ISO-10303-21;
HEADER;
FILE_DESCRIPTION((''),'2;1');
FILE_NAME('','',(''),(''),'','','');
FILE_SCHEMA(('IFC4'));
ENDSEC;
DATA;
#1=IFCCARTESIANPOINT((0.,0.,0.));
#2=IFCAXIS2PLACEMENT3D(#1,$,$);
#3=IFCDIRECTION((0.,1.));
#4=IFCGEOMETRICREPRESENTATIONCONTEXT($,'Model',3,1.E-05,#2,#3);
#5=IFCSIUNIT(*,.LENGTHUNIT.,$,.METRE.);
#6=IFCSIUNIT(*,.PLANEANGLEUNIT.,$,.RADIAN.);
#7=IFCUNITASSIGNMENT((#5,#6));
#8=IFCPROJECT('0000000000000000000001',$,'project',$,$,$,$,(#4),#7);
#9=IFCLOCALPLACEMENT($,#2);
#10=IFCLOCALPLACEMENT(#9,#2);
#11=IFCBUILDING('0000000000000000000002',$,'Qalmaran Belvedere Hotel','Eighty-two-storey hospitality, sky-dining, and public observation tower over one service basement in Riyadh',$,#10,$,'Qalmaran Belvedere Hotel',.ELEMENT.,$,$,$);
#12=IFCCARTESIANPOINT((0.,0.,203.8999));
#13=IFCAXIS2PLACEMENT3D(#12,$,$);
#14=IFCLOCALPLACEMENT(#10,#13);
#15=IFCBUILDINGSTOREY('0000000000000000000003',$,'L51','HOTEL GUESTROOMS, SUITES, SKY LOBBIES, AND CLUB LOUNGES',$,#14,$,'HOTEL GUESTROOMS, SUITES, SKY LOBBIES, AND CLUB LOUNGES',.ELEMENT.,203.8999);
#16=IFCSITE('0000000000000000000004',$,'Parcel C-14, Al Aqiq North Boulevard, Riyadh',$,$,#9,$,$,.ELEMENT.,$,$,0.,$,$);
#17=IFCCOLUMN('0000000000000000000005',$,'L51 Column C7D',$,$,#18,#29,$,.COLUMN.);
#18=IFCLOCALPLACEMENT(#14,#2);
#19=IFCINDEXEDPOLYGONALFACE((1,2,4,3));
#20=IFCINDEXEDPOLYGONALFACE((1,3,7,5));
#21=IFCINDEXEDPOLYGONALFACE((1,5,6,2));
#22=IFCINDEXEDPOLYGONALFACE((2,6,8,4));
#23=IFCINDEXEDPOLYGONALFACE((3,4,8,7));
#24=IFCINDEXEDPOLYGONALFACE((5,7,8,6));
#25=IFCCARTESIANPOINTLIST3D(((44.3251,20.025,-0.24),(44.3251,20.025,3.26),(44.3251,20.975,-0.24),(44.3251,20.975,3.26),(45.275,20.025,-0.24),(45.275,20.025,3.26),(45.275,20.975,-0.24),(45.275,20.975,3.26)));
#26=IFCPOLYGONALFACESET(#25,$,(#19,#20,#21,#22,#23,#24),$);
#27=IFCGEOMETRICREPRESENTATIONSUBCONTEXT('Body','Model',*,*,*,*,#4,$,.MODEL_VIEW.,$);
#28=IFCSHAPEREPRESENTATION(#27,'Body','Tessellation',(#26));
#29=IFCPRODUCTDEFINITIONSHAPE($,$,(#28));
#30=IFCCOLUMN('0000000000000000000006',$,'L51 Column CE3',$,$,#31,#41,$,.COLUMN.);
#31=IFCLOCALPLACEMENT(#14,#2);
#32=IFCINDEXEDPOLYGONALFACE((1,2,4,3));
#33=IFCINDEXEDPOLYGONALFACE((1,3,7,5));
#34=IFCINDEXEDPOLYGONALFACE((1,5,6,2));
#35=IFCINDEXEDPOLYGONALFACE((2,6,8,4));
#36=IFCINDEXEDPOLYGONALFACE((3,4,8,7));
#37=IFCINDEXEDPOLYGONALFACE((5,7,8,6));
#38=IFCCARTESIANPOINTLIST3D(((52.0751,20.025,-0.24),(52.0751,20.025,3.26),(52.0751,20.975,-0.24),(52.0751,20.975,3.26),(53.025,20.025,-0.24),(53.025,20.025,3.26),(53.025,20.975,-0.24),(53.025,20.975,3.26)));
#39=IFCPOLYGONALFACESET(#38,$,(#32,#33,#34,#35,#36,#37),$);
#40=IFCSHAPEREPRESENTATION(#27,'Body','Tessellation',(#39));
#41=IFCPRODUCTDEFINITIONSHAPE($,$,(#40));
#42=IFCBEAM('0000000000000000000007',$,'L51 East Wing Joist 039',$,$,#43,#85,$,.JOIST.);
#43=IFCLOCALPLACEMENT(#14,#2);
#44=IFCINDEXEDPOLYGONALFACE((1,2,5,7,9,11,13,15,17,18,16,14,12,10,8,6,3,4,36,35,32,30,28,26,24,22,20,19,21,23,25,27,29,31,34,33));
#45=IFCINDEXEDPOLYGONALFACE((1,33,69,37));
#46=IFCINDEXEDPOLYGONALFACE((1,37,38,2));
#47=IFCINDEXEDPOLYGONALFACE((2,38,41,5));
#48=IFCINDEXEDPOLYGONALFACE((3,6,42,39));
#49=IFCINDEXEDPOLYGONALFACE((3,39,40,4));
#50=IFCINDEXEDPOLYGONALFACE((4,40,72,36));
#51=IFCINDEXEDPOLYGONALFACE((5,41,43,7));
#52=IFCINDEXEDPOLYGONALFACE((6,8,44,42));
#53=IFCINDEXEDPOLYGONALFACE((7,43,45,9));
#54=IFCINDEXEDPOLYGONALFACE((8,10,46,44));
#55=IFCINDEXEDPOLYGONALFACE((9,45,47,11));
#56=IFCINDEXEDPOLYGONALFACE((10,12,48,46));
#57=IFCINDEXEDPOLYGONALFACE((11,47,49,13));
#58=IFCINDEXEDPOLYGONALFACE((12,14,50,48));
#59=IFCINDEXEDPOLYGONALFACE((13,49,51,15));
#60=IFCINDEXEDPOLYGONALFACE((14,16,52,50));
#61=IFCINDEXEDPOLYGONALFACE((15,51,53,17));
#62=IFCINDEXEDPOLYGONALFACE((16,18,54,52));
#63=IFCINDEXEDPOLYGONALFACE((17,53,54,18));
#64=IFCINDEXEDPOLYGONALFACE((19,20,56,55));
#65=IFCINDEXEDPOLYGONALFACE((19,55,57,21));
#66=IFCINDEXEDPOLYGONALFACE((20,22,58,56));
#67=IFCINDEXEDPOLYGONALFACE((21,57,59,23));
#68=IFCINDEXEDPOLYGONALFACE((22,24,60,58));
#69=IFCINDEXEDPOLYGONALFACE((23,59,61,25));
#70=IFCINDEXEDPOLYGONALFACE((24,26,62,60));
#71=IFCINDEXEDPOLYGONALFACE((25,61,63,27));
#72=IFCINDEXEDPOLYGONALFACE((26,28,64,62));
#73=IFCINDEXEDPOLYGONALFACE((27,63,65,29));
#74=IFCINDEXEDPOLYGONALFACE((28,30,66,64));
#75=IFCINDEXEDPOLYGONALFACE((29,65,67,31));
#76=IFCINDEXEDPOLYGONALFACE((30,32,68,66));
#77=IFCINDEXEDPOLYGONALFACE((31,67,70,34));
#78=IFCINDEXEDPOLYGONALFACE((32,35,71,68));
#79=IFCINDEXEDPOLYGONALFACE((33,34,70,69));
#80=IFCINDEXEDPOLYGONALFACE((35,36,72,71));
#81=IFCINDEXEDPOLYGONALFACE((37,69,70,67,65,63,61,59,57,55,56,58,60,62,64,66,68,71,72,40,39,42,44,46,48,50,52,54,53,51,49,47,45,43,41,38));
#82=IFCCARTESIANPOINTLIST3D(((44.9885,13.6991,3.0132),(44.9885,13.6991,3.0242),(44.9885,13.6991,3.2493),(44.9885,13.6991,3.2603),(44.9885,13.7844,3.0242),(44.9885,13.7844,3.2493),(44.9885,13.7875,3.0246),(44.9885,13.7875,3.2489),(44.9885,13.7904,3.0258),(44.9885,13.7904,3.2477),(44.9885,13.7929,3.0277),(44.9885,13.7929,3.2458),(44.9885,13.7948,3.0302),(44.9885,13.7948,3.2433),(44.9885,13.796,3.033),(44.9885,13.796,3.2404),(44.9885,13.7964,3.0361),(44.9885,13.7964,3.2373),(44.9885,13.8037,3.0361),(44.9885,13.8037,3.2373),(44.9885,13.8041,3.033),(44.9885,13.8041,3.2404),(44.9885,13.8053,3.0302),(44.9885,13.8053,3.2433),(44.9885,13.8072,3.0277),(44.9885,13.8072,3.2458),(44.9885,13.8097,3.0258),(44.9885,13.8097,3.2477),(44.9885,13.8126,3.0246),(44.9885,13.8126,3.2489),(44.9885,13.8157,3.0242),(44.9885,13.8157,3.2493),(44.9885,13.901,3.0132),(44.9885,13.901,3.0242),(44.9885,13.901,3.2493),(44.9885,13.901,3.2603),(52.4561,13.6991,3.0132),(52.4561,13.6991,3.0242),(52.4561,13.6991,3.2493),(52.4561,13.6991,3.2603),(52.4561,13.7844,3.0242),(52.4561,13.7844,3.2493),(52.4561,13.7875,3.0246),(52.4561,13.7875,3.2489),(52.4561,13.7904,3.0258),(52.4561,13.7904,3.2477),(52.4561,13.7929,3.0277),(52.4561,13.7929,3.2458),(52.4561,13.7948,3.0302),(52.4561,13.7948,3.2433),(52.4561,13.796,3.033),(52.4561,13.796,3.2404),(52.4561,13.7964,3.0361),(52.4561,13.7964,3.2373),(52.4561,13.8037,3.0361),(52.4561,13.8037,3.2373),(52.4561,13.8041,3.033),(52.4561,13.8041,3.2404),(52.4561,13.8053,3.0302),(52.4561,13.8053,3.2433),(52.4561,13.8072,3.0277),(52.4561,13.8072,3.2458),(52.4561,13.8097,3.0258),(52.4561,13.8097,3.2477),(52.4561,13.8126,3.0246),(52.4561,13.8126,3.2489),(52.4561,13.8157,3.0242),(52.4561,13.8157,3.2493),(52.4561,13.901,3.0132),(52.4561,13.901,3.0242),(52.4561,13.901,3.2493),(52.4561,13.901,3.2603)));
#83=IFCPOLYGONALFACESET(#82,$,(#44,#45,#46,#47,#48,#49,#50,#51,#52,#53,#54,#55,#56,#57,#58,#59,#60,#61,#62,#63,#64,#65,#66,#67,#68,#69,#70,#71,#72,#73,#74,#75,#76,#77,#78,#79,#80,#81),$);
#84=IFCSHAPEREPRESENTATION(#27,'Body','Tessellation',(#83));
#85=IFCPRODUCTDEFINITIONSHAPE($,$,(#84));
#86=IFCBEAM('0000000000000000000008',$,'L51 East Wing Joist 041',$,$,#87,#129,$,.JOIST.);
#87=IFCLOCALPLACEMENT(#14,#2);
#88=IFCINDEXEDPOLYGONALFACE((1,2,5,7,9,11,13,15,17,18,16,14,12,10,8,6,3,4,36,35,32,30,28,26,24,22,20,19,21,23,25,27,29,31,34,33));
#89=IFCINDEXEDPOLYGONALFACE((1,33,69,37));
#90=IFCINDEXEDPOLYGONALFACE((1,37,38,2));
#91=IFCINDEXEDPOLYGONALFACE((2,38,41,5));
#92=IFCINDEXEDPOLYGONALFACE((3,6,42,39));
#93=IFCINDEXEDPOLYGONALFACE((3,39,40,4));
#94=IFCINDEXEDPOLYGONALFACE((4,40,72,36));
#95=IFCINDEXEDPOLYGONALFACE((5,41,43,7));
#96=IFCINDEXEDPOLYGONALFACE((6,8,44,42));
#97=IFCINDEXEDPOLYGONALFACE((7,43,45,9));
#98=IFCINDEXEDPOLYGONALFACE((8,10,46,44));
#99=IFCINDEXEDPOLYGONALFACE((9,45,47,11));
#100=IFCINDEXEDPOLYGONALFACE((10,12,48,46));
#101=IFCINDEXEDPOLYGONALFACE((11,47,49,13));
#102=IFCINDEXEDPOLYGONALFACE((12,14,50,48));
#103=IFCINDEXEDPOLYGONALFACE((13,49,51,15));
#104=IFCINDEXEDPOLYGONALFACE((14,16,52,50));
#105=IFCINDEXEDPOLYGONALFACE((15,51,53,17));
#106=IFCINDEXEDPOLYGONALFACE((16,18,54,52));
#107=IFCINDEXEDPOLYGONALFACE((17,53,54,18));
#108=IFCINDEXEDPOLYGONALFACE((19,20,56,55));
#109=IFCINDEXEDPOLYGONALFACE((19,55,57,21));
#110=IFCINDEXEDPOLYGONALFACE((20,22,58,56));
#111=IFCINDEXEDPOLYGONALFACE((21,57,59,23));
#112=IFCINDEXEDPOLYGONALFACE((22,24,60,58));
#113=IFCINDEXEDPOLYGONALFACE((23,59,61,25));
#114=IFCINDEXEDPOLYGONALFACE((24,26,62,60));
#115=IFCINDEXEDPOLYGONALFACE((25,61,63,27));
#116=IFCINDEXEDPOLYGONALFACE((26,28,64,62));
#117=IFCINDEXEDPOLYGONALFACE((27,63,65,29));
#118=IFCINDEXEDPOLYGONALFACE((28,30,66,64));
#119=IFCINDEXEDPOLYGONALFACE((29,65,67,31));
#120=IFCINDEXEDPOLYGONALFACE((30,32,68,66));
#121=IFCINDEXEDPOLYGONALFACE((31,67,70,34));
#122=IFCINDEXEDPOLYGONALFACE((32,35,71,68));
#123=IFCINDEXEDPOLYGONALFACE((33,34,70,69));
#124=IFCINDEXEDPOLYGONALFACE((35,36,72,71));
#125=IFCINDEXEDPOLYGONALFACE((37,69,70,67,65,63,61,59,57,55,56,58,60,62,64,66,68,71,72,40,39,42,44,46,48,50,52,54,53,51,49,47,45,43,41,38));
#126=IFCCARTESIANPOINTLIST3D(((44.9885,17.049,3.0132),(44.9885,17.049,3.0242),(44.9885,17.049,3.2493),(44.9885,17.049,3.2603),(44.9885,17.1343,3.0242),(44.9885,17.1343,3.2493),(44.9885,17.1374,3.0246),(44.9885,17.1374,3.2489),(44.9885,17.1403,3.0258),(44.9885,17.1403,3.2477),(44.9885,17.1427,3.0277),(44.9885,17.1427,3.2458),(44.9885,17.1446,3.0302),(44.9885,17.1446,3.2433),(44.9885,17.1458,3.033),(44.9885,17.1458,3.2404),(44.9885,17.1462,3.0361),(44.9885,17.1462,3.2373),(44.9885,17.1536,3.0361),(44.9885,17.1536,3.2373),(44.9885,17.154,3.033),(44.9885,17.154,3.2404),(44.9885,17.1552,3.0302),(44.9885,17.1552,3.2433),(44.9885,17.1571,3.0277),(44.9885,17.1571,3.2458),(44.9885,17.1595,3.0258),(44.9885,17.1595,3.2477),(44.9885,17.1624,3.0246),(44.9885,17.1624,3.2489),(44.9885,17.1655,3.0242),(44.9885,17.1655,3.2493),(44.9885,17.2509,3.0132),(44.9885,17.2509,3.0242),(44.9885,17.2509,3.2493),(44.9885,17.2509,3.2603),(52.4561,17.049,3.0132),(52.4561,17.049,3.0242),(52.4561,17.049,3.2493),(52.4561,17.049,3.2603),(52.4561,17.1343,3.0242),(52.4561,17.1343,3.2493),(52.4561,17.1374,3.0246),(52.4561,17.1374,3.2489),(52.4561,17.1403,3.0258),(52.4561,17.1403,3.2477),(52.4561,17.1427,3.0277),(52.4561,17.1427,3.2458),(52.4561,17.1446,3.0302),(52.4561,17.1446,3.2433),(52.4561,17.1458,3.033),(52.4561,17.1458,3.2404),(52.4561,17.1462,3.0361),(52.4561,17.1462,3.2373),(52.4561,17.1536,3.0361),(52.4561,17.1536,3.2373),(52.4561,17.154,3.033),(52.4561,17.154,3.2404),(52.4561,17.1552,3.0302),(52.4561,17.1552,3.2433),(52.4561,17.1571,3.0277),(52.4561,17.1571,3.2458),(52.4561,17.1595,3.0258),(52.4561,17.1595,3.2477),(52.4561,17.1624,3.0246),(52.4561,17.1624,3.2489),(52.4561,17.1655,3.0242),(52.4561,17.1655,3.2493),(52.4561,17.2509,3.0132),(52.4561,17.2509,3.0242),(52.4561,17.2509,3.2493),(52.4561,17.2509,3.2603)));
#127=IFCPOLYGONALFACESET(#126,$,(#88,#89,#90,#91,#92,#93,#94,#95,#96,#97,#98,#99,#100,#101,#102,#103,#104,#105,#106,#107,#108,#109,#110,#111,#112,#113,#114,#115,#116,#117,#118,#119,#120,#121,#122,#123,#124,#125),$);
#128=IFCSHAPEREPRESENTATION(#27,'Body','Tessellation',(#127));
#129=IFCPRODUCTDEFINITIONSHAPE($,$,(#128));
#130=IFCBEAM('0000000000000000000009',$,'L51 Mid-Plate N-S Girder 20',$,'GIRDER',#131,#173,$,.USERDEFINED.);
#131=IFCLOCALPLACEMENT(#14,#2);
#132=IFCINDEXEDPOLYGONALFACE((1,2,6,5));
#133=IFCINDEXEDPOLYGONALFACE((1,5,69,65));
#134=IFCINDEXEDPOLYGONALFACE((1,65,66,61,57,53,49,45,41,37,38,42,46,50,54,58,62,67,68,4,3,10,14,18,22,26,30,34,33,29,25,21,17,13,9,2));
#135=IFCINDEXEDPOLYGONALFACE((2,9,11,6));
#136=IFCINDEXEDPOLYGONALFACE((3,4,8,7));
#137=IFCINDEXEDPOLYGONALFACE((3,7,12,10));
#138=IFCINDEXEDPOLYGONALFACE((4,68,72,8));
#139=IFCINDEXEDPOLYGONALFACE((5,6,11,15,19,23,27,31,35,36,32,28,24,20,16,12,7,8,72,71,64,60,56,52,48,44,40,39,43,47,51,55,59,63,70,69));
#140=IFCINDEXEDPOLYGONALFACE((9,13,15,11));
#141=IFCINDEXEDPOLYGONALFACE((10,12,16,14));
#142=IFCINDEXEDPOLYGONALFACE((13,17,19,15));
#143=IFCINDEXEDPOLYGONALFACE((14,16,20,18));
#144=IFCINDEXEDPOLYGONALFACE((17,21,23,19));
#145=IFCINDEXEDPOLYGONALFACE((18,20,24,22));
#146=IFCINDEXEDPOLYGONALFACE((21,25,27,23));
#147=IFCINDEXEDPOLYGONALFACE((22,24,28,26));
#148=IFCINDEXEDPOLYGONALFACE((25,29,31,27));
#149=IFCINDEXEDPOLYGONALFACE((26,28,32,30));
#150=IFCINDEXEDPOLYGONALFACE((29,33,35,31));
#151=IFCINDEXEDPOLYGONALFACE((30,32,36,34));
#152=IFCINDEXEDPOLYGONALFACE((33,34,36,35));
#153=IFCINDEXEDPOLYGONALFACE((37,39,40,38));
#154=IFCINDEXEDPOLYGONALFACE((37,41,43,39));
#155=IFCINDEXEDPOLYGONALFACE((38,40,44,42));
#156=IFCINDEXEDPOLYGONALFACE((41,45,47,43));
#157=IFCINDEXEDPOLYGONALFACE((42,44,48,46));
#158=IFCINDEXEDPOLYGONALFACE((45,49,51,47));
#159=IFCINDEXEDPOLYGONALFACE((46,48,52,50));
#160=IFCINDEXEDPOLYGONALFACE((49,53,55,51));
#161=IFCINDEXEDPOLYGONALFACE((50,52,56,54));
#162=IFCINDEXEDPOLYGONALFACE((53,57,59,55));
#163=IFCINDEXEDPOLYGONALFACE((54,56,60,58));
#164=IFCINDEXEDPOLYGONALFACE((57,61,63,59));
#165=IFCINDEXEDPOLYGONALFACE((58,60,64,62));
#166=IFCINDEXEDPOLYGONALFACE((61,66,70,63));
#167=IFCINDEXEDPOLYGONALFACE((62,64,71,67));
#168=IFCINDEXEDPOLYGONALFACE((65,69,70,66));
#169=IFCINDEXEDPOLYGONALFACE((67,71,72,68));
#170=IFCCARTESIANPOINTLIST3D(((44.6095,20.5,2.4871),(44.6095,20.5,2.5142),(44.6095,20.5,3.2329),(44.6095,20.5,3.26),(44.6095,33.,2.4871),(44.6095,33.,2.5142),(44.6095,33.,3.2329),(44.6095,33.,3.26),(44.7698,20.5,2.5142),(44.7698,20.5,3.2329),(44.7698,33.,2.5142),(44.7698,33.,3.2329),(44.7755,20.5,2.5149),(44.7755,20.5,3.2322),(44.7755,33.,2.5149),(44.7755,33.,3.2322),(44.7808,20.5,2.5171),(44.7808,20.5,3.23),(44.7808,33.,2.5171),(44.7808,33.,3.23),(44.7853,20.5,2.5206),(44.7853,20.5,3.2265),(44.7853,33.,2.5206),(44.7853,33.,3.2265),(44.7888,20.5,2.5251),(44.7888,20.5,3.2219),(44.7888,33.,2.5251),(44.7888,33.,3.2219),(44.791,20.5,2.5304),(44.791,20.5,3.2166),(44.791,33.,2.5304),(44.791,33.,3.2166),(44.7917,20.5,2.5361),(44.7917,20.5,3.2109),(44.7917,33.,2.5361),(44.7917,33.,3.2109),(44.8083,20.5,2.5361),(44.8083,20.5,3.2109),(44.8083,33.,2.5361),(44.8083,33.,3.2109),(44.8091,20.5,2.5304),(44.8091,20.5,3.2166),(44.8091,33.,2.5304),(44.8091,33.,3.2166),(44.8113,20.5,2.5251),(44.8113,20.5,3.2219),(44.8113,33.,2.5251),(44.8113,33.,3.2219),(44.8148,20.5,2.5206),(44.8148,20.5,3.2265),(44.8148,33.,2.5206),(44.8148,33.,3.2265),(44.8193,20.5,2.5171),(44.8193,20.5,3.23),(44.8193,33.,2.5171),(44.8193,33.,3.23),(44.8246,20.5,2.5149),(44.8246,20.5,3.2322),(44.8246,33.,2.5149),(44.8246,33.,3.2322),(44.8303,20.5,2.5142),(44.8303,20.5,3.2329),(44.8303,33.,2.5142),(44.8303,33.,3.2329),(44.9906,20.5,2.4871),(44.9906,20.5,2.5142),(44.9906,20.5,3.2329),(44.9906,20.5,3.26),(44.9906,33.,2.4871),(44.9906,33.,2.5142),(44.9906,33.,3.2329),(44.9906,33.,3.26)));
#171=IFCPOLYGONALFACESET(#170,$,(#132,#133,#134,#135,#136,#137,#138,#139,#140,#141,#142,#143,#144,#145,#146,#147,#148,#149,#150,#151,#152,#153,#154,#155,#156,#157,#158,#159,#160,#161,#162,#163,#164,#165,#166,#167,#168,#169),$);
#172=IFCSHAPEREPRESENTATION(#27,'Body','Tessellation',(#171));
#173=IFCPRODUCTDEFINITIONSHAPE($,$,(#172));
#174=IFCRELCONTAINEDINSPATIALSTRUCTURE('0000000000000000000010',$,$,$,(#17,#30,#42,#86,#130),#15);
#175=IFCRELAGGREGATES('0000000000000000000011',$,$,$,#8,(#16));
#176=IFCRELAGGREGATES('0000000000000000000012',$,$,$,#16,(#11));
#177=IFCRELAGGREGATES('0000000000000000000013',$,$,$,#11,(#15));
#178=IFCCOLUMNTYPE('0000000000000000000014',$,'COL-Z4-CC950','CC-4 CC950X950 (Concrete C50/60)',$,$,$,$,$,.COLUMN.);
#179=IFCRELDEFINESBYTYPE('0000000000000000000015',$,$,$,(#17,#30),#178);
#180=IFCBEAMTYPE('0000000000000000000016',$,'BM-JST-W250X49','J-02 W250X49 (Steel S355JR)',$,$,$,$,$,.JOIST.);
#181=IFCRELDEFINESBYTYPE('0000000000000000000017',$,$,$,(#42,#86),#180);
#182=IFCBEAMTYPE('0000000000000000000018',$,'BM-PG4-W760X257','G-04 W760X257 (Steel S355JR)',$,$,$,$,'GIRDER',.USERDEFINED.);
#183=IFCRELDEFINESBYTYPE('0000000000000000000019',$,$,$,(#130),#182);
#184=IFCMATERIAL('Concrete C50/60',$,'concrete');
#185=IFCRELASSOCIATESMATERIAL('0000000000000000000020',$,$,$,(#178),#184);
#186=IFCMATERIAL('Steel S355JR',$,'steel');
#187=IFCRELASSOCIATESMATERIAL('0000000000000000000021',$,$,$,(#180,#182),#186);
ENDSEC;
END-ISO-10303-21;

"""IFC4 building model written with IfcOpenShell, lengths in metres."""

from ifc_helpers import new_model, si_unit, direction, frame, origin, origin_2d, place, context, subcontext, project, spatial, rectangle, i_section, extrude, material, material_profile, profile_set, type_object, element, save


model = new_model("IFC4")

# Units and contexts
model_context = context("Model", 3, precision=1e-05, world=origin(), true_north=direction((0.0, 1.0)))
body_context = subcontext(model_context, "Body", "Model", "MODEL_VIEW")
ifc_project = project(units=[si_unit("LENGTHUNIT", "METRE"), si_unit("PLANEANGLEUNIT", "RADIAN")], contexts=[model_context])

# Site, building, storey
site_placement = place(None, origin())
site = spatial("IfcSite", under=ifc_project, at=site_placement, Name="Parcel C-14, Al Aqiq North Boulevard, Riyadh", CompositionType="ELEMENT", RefElevation=0.0)
building_placement = place(site_placement, origin())
building = spatial("IfcBuilding", under=site, at=building_placement, Name="Qalmaran Belvedere Hotel", Description="Eighty-two-storey hospitality, sky-dining, and public observation tower over one service basement in Riyadh", LongName="Qalmaran Belvedere Hotel", CompositionType="ELEMENT")
storey_placement = place(building_placement, frame((0.0, 0.0, 203.8999)))
storey = spatial("IfcBuildingStorey", under=building, at=storey_placement, Name="L51", Description="HOTEL GUESTROOMS, SUITES, SKY LOBBIES, AND CLUB LOUNGES", LongName="HOTEL GUESTROOMS, SUITES, SKY LOBBIES, AND CLUB LOUNGES", CompositionType="ELEMENT", Elevation=203.8999)

# Columns
ifc_material_1 = material(Name="Concrete C50/60", Category="concrete")
ifc_material_profile_1 = material_profile(ifc_material_1, rectangle(XDim=0.95, YDim=0.95, at=origin_2d()), Name="CC950X950")
ifc_profile_set_1 = profile_set([ifc_material_profile_1], Name="Concrete C50/60")
column_type = type_object("IfcColumnType", Name="COL-Z4-CC950", Description="CC-4 CC950X950 (Concrete C50/60)", PredefinedType="COLUMN", material=ifc_profile_set_1)
for number, where, z_axis, x_axis, name in (
    (1, (44.8, 20.5, -0.24), (0.0, 0.0, 1.0), (1.0, 0.0, 0.0), "L51 Column C7D"),
    (2, (52.55, 20.5, -0.24), (0.0, 0.0, 1.0), (1.0, 0.0, 0.0), "L51 Column CE3"),
):
    element("IfcColumn", number, at=place(storey_placement, frame(where, z_axis=z_axis, x_axis=x_axis)), inside=storey, type_object=column_type, Name=name, PredefinedType="COLUMN", context=body_context, shape_type="SweptSolid", body=[
        extrude(rectangle(XDim=0.95, YDim=0.95, at=origin_2d()), origin(), (0.0, 0.0, 1.0), 3.5),
    ])

# Beams
ifc_material_2 = material(Name="Steel S355JR", Category="steel")
ifc_material_profile_2 = material_profile(ifc_material_2, i_section(OverallWidth=0.2019, OverallDepth=0.2471, WebThickness=0.0073, FlangeThickness=0.011, FilletRadius=0.012, at=origin_2d()), Name="W250X49")
ifc_profile_set_2 = profile_set([ifc_material_profile_2], Name="Steel S355JR")
beam_type_1 = type_object("IfcBeamType", Name="BM-JST-W250X49", Description="J-02 W250X49 (Steel S355JR)", PredefinedType="JOIST", material=ifc_profile_set_2)
for number, where, z_axis, x_axis, name in (
    (3, (44.9885, 13.8, 3.1367), (1.0, 0.0, 0.0), (0.0, 1.0, 0.0), "L51 East Wing Joist 039"),
    (4, (44.9885, 17.1499, 3.1367), (1.0, 0.0, 0.0), (0.0, 1.0, 0.0), "L51 East Wing Joist 041"),
):
    element("IfcBeam", number, at=place(storey_placement, frame(where, z_axis=z_axis, x_axis=x_axis)), inside=storey, type_object=beam_type_1, Name=name, PredefinedType="JOIST", context=body_context, shape_type="SweptSolid", body=[
        extrude(i_section(OverallWidth=0.2019, OverallDepth=0.2471, WebThickness=0.0073, FlangeThickness=0.011, FilletRadius=0.012, at=origin_2d()), origin(), (0.0, 0.0, 1.0), 7.4675),
    ])
ifc_material_profile_3 = material_profile(ifc_material_2, i_section(OverallWidth=0.3811, OverallDepth=0.7729, WebThickness=0.0166, FlangeThickness=0.0271, FilletRadius=0.022, at=origin_2d()), Name="W760X257")
ifc_profile_set_3 = profile_set([ifc_material_profile_3], Name="Steel S355JR")
beam_type_2 = type_object("IfcBeamType", Name="BM-PG4-W760X257", Description="G-04 W760X257 (Steel S355JR)", ElementType="GIRDER", PredefinedType="USERDEFINED", material=ifc_profile_set_3)
beam_1_placement = place(storey_placement, frame((44.8, 20.5, 2.8735), z_axis=(0.0, 1.0, 0.0), x_axis=(-1.0, 0.0, 0.0)))
element("IfcBeam", 5, at=beam_1_placement, inside=storey, type_object=beam_type_2, Name="L51 Mid-Plate N-S Girder 20", ObjectType="GIRDER", PredefinedType="USERDEFINED", context=body_context, shape_type="SweptSolid", body=[
    extrude(i_section(OverallWidth=0.3811, OverallDepth=0.7729, WebThickness=0.0166, FlangeThickness=0.0271, FilletRadius=0.022, at=origin_2d()), origin(), (0.0, 0.0, 1.0), 12.5),
])

save(model, "model.ifc")
